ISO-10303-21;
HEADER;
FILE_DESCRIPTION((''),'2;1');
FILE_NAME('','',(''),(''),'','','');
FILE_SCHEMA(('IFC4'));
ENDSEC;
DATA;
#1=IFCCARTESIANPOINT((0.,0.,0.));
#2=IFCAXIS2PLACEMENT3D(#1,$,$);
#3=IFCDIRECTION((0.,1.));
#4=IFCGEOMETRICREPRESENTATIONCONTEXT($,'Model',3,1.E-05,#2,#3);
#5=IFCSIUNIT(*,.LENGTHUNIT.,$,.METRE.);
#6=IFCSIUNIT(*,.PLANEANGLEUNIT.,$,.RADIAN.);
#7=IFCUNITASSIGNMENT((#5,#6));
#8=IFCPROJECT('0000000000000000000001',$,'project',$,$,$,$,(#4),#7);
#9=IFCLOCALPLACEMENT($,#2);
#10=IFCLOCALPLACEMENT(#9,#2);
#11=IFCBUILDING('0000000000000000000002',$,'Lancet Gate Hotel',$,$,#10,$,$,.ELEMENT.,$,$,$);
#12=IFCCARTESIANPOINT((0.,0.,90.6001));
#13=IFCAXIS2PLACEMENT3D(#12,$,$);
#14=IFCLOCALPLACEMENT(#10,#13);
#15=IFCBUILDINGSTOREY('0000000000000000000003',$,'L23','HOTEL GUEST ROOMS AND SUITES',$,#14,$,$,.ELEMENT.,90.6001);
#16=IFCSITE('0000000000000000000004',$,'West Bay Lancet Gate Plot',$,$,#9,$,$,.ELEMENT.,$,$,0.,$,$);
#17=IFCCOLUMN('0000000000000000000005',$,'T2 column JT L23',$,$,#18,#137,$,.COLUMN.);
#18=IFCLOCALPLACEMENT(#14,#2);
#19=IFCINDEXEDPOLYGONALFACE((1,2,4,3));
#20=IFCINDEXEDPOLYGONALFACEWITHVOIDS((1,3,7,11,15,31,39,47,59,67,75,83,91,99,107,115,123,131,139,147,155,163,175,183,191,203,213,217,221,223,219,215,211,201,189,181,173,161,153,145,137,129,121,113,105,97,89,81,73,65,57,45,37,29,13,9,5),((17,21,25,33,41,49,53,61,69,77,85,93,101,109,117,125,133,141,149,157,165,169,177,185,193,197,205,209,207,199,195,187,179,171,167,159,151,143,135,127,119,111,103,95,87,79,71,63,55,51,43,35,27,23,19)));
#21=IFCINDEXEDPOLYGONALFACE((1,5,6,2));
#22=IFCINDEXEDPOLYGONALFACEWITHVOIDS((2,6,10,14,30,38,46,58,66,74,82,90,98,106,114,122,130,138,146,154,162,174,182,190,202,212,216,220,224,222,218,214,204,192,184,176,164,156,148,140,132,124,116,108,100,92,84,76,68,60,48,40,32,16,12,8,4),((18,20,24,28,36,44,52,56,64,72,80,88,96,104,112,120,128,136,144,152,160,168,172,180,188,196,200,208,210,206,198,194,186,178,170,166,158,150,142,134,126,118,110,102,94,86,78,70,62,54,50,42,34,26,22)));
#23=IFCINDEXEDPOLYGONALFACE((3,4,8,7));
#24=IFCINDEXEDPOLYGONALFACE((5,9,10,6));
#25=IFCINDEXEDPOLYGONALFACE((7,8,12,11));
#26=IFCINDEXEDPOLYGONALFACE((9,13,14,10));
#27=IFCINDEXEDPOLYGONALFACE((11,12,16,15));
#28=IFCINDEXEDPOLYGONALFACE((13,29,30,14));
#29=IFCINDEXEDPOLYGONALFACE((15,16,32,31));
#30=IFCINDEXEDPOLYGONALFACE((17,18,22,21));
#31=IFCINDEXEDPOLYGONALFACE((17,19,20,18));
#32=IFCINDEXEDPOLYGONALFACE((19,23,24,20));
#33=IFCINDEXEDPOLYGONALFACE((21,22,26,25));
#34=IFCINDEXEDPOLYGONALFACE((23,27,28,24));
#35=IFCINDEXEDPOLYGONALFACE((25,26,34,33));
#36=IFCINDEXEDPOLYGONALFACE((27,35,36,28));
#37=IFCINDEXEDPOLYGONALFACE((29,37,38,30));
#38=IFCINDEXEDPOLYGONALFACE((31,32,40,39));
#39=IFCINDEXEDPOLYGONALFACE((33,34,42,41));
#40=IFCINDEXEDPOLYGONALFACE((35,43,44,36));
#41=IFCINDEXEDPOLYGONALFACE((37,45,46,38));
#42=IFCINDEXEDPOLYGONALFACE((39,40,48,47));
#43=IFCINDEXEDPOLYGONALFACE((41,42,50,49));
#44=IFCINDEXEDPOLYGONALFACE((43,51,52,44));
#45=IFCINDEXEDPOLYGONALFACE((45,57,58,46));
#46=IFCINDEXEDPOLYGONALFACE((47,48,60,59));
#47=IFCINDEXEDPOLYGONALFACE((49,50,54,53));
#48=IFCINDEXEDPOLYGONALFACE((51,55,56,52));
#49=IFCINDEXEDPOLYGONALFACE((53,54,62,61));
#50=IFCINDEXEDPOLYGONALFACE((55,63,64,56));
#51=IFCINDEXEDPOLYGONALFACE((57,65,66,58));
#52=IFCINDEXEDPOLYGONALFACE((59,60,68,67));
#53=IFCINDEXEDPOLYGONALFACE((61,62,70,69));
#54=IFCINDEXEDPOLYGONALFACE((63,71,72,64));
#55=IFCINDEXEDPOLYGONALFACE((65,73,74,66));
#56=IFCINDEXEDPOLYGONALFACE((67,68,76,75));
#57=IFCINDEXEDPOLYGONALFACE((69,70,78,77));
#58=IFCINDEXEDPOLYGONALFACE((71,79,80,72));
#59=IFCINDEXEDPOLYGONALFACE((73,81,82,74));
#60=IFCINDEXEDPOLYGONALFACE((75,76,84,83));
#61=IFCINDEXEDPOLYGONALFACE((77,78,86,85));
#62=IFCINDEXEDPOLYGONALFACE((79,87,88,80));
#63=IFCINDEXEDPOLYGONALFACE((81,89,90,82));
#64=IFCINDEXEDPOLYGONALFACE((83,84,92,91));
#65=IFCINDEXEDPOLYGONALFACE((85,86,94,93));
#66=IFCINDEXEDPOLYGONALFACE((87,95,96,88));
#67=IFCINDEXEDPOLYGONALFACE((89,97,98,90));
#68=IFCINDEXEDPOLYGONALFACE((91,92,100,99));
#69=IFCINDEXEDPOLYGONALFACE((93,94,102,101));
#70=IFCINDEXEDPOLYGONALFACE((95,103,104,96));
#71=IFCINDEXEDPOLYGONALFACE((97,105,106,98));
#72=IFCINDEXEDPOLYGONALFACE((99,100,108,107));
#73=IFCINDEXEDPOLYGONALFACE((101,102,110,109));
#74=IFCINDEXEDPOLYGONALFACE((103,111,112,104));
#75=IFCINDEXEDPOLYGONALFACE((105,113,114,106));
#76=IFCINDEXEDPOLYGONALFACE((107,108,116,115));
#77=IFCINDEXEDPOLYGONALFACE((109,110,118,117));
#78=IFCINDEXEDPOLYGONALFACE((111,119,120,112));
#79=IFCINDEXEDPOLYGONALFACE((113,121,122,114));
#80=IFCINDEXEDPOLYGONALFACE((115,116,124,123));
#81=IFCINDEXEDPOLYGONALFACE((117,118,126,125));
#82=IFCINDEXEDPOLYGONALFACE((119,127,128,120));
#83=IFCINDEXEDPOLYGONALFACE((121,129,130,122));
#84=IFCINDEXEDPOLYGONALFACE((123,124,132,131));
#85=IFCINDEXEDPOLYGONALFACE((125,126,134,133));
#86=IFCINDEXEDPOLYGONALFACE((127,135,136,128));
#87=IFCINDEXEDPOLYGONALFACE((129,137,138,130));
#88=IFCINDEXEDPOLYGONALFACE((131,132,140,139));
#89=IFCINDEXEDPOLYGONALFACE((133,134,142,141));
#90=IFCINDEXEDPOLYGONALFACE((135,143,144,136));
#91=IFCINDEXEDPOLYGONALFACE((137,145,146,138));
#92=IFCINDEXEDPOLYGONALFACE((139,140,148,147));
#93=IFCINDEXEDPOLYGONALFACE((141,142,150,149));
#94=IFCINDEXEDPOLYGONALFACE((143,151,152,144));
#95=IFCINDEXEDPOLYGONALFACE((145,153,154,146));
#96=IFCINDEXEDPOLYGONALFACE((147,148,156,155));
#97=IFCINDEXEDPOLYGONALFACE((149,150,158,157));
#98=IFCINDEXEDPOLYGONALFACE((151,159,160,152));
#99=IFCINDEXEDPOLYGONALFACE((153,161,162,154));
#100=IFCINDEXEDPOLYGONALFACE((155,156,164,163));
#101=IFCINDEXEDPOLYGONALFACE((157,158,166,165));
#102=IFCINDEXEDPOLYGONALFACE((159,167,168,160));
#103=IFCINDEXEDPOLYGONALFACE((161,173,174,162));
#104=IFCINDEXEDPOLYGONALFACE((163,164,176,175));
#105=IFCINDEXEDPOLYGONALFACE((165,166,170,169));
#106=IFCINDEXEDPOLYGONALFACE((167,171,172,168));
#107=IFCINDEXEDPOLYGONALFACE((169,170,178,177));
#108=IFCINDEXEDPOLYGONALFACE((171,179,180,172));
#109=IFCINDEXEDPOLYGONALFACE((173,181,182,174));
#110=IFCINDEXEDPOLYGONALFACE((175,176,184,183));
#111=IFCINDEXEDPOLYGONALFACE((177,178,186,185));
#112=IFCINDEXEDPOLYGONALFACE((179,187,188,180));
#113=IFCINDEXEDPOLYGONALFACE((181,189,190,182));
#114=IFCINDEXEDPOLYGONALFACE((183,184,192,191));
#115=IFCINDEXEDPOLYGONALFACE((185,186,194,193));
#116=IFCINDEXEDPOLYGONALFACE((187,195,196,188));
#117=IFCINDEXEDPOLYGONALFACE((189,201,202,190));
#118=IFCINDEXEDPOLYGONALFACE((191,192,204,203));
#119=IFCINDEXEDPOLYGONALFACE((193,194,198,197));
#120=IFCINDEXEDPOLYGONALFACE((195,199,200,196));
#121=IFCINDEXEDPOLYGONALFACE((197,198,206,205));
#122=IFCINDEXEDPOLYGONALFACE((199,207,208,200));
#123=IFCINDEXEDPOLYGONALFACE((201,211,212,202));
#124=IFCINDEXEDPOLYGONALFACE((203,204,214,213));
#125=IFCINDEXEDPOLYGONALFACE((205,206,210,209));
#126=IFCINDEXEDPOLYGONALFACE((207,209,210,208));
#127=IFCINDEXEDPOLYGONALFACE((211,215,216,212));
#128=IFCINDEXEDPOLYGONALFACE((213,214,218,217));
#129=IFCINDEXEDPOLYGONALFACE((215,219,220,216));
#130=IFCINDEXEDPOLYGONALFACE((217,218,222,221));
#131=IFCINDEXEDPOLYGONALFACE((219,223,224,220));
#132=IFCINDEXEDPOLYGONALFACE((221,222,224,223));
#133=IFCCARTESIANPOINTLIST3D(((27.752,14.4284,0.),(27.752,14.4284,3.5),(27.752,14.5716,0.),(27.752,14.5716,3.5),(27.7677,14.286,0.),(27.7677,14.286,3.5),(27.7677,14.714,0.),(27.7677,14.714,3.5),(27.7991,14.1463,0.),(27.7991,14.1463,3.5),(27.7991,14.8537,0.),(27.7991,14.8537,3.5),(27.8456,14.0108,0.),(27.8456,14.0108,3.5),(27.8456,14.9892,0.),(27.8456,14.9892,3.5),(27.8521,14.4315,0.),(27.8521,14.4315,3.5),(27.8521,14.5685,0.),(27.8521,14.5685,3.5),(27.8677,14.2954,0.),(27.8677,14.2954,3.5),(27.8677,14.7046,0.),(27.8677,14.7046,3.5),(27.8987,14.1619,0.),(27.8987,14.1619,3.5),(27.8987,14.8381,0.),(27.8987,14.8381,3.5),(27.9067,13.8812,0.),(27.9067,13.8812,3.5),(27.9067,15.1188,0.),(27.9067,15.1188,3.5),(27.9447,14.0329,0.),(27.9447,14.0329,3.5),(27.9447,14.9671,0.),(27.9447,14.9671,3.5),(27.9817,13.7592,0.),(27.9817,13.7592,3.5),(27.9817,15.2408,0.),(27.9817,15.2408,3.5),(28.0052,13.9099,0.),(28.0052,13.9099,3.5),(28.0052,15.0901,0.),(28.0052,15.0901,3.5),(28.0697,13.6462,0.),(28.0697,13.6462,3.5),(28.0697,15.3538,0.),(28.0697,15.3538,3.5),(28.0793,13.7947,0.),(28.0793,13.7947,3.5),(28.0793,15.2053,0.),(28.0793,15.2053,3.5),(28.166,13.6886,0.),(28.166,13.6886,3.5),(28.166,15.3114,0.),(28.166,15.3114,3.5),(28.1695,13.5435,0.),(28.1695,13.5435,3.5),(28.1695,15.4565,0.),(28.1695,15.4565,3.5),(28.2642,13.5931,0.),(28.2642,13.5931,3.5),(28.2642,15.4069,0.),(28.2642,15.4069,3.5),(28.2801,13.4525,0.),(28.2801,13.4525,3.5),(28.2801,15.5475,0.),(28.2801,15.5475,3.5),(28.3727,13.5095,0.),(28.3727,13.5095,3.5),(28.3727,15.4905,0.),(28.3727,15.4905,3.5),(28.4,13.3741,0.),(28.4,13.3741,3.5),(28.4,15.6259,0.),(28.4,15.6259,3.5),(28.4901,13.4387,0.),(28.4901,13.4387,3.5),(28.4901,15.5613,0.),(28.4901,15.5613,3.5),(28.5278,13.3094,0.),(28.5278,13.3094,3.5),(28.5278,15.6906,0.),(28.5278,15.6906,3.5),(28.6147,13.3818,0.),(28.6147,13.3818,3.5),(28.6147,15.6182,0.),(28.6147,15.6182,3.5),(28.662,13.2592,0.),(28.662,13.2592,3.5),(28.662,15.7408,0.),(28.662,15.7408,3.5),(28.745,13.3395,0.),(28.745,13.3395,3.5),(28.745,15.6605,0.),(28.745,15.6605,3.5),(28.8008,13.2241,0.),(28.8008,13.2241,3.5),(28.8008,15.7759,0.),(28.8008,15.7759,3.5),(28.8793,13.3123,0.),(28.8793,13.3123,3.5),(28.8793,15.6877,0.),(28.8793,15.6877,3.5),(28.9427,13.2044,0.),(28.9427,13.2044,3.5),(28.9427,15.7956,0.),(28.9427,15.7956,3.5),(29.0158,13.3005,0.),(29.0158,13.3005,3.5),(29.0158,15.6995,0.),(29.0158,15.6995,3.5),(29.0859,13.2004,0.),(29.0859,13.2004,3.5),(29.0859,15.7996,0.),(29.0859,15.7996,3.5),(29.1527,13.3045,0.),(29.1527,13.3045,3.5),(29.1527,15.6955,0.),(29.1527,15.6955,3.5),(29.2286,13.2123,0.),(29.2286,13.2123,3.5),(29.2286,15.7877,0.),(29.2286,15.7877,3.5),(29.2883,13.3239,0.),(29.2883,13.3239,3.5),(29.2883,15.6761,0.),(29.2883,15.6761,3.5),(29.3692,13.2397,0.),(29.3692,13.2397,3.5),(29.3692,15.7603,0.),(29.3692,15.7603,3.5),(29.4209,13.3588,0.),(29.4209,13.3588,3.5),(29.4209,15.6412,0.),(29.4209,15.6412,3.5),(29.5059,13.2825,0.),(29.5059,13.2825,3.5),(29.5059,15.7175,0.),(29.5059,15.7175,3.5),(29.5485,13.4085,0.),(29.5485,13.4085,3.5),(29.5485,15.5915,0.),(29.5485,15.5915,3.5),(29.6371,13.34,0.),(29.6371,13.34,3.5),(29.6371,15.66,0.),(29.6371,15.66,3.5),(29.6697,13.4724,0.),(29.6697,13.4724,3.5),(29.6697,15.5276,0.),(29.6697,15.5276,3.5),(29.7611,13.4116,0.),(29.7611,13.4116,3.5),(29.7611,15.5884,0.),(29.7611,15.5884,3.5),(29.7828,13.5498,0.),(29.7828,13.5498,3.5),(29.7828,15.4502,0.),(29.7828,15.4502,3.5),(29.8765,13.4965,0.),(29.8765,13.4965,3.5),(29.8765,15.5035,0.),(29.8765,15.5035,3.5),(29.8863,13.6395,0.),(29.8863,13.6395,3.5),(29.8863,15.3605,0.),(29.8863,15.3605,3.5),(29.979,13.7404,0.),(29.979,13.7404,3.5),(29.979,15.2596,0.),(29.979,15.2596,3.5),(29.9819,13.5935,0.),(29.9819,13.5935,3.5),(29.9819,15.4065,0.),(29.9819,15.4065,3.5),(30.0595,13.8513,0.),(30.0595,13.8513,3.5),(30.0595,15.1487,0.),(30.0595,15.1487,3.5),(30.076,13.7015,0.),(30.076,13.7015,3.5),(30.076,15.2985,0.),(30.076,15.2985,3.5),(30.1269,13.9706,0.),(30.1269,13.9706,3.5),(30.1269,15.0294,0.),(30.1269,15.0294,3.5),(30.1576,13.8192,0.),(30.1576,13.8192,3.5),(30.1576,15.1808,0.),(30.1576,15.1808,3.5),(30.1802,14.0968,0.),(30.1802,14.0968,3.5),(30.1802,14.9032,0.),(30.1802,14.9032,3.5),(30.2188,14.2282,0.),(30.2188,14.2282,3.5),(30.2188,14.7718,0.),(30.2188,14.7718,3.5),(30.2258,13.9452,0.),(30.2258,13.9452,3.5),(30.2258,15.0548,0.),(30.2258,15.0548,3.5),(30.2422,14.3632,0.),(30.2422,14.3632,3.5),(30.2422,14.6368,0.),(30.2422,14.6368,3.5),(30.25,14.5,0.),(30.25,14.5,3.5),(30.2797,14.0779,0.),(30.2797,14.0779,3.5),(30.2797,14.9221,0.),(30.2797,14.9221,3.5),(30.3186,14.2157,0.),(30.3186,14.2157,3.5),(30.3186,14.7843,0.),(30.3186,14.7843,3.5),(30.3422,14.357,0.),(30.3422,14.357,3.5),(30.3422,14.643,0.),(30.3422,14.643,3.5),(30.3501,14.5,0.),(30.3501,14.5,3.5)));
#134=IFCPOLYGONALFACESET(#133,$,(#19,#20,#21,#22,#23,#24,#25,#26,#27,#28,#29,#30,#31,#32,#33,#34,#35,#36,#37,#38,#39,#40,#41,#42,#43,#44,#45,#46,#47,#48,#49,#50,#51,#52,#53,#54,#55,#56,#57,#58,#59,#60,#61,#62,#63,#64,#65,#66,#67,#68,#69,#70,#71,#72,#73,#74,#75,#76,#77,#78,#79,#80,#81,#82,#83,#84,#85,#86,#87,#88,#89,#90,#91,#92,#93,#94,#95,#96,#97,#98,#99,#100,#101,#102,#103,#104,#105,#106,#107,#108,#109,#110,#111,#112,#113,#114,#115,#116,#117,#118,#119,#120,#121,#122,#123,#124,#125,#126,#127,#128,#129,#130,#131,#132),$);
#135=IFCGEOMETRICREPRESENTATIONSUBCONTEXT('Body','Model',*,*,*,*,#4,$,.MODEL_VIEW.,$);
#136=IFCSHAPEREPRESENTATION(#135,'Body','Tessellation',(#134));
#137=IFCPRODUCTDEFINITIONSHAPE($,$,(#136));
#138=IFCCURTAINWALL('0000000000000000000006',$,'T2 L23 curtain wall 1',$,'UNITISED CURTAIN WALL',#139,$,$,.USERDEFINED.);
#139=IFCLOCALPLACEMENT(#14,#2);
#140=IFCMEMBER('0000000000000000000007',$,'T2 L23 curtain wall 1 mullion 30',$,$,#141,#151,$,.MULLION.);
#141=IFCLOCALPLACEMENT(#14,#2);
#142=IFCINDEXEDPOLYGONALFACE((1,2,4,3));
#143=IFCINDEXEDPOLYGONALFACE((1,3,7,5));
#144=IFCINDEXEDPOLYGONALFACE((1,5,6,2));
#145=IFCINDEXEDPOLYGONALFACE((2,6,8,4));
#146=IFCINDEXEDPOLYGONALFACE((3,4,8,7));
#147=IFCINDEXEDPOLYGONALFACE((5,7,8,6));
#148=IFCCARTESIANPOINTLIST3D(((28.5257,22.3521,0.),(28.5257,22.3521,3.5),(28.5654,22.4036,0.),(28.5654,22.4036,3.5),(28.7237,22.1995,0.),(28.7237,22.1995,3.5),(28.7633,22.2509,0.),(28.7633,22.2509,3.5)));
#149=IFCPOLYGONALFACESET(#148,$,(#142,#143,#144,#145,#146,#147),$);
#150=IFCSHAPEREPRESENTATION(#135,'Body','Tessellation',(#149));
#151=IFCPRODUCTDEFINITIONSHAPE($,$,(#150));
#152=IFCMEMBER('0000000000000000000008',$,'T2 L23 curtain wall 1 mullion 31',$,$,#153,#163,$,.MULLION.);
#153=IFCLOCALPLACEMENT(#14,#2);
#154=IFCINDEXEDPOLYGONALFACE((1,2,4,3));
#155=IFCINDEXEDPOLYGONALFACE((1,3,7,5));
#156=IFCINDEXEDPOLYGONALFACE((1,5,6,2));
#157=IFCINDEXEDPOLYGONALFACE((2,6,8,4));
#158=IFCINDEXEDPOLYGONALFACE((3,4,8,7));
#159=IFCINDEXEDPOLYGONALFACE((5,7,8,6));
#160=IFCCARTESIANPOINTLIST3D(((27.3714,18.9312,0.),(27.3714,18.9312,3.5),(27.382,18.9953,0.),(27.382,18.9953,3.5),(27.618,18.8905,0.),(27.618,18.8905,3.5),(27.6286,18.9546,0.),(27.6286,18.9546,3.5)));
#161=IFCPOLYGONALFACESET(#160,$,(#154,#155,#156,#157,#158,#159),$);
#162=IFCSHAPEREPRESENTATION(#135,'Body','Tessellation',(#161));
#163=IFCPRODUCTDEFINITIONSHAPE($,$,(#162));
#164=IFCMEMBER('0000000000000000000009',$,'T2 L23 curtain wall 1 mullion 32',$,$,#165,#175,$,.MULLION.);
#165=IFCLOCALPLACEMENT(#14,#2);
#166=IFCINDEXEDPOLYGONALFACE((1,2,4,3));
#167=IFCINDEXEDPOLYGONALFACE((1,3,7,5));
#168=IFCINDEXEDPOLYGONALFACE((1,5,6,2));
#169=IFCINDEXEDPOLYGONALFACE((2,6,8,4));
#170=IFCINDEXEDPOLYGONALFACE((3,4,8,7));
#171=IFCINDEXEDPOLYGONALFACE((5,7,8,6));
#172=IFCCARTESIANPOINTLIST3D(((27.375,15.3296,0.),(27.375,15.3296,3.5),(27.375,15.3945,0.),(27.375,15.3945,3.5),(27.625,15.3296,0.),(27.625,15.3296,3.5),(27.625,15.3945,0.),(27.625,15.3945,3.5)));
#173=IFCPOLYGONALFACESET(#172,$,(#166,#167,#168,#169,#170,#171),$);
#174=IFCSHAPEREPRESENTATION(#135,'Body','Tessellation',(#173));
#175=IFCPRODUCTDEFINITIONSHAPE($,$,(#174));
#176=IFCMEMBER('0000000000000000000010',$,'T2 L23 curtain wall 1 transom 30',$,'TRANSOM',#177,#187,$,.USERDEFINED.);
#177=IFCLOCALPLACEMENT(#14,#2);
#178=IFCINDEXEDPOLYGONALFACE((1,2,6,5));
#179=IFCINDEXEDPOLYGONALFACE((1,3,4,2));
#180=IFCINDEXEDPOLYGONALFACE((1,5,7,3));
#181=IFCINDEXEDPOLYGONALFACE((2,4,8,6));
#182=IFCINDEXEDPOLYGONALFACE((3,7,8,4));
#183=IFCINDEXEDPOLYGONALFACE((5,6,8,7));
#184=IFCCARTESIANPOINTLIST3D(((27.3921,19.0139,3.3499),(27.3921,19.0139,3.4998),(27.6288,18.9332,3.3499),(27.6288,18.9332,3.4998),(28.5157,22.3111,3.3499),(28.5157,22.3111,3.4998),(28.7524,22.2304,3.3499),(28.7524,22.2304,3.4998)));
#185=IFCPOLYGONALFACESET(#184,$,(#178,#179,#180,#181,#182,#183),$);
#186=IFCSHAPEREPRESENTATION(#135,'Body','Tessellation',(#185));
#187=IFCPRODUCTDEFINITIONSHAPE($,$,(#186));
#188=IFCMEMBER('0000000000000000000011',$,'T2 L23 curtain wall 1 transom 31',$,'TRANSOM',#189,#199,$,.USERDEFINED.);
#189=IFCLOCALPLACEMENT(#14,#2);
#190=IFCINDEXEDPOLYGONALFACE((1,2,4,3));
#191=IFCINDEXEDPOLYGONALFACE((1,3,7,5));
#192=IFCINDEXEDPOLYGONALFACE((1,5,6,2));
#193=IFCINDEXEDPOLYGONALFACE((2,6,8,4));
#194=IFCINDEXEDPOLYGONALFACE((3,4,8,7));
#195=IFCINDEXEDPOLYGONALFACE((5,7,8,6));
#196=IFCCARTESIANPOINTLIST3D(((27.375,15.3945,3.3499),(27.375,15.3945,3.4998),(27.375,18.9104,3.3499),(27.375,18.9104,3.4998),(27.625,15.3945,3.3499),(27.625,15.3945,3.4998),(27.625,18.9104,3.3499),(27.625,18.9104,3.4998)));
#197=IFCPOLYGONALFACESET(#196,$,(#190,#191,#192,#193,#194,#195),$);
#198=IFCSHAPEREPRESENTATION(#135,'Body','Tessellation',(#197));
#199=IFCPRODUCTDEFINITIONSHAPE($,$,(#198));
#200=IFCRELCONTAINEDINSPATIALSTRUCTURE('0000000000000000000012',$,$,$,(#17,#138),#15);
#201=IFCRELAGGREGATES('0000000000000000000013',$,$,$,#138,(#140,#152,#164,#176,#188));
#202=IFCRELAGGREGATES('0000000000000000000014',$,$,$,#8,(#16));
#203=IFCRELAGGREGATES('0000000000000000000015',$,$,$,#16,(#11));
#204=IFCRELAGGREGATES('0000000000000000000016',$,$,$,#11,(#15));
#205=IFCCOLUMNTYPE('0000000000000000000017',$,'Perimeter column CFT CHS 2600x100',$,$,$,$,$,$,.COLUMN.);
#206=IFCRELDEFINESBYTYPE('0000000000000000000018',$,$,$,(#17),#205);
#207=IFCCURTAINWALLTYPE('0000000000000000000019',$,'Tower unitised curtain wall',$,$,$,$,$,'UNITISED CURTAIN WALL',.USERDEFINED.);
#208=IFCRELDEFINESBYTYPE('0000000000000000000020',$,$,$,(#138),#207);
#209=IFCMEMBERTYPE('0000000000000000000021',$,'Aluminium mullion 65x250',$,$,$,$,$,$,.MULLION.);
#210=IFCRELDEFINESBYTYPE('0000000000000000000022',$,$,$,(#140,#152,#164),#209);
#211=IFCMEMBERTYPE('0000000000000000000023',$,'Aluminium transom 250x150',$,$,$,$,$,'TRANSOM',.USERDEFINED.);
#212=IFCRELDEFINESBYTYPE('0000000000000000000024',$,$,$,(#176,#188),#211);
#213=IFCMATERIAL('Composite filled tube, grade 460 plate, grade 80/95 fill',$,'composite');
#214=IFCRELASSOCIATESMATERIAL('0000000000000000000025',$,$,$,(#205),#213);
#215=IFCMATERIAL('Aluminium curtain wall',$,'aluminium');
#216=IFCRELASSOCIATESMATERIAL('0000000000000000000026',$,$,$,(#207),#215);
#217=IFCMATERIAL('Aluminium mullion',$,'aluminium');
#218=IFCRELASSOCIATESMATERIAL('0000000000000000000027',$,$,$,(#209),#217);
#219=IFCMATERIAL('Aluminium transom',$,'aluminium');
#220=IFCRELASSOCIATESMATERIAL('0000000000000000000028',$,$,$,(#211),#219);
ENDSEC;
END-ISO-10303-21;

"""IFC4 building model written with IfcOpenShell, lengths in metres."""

from ifc_helpers import new_model, si_unit, direction, frame, origin, origin_2d, place, context, subcontext, project, spatial, rectangle, hollow_circle, extrude, material, material_profile, profile_set, type_object, element, aggregate, save


model = new_model("IFC4")

# Units and contexts
model_context = context("Model", 3, precision=1e-05, world=origin(), true_north=direction((0.0, 1.0)))
body_context = subcontext(model_context, "Body", "Model", "MODEL_VIEW")
ifc_project = project(units=[si_unit("LENGTHUNIT", "METRE"), si_unit("PLANEANGLEUNIT", "RADIAN")], contexts=[model_context])

# Site, building, storey
site_placement = place(None, origin())
site = spatial("IfcSite", under=ifc_project, at=site_placement, Name="West Bay Lancet Gate Plot", CompositionType="ELEMENT", RefElevation=0.0)
building_placement = place(site_placement, origin())
building = spatial("IfcBuilding", under=site, at=building_placement, Name="Lancet Gate Hotel", CompositionType="ELEMENT")
storey_placement = place(building_placement, frame((0.0, 0.0, 90.6001)))
storey = spatial("IfcBuildingStorey", under=building, at=storey_placement, Name="L23", Description="HOTEL GUEST ROOMS AND SUITES", CompositionType="ELEMENT", Elevation=90.6001)

# Column
ifc_material_1 = material(Name="Composite filled tube, grade 460 plate, grade 80/95 fill", Category="composite")
ifc_material_profile_1 = material_profile(ifc_material_1, hollow_circle(Radius=1.3, WallThickness=0.1001, at=origin_2d()), Name="CHS 2600x100")
ifc_profile_set_1 = profile_set([ifc_material_profile_1], Name="Composite filled tube, grade 460 plate, grade 80/95 fill")
column_type = type_object("IfcColumnType", Name="Perimeter column CFT CHS 2600x100", PredefinedType="COLUMN", material=ifc_profile_set_1)
column_placement = place(storey_placement, frame((29.05, 14.5, 0.0), z_axis=(0.0, 0.0, 1.0), x_axis=(1.0, 0.0, 0.0)))
element("IfcColumn", 1, at=column_placement, inside=storey, type_object=column_type, Name="T2 column JT L23", PredefinedType="COLUMN", context=body_context, shape_type="SweptSolid", body=[
    extrude(hollow_circle(Radius=1.3, WallThickness=0.1001, at=origin_2d()), origin(), (0.0, 0.0, 1.0), 3.5),
])

# Curtain wall, members
ifc_material_2 = material(Name="Aluminium curtain wall", Category="aluminium")
curtain_wall_type = type_object("IfcCurtainWallType", Name="Tower unitised curtain wall", ElementType="UNITISED CURTAIN WALL", PredefinedType="USERDEFINED", material=ifc_material_2)
curtain_wall_placement = place(storey_placement, origin())
curtain_wall = element("IfcCurtainWall", 2, at=curtain_wall_placement, inside=storey, type_object=curtain_wall_type, Name="T2 L23 curtain wall 1", ObjectType="UNITISED CURTAIN WALL", PredefinedType="USERDEFINED")
ifc_material_3 = material(Name="Aluminium mullion", Category="aluminium")
ifc_material_profile_2 = material_profile(ifc_material_3, rectangle(XDim=0.0649, YDim=0.25, at=origin_2d()), Name="MULLION 65x250")
ifc_profile_set_2 = profile_set([ifc_material_profile_2], Name="Aluminium mullion")
member_type_1 = type_object("IfcMemberType", Name="Aluminium mullion 65x250", PredefinedType="MULLION", material=ifc_profile_set_2)
member_1_placement = place(storey_placement, frame((28.6445, 22.3015, 0.0), z_axis=(0.0, 0.0, 1.0), x_axis=(-0.610664, -0.79189, 0.0)))
member_1 = element("IfcMember", 3, at=member_1_placement, type_object=member_type_1, Name="T2 L23 curtain wall 1 mullion 30", PredefinedType="MULLION", context=body_context, shape_type="SweptSolid", body=[
    extrude(rectangle(XDim=0.0649, YDim=0.25, at=origin_2d()), origin(), (0.0, 0.0, 1.0), 3.5),
])
member_2_placement = place(storey_placement, frame((27.5, 18.9429, 0.0), z_axis=(0.0, 0.0, 1.0), x_axis=(-0.162739, -0.986669, 0.0)))
member_2 = element("IfcMember", 4, at=member_2_placement, type_object=member_type_1, Name="T2 L23 curtain wall 1 mullion 31", PredefinedType="MULLION", context=body_context, shape_type="SweptSolid", body=[
    extrude(rectangle(XDim=0.0649, YDim=0.25, at=origin_2d()), origin(), (0.0, 0.0, 1.0), 3.5),
])
member_3_placement = place(storey_placement, frame((27.5, 15.3621, 0.0), z_axis=(0.0, 0.0, 1.0), x_axis=(0.0, -1.0, 0.0)))
member_3 = element("IfcMember", 5, at=member_3_placement, type_object=member_type_1, Name="T2 L23 curtain wall 1 mullion 32", PredefinedType="MULLION", context=body_context, shape_type="SweptSolid", body=[
    extrude(rectangle(XDim=0.0649, YDim=0.25, at=origin_2d()), origin(), (0.0, 0.0, 1.0), 3.5),
])
ifc_material_4 = material(Name="Aluminium transom", Category="aluminium")
ifc_material_profile_3 = material_profile(ifc_material_4, rectangle(XDim=0.25, YDim=0.1499, at=origin_2d()), Name="TRANSOM 250x150")
ifc_profile_set_3 = profile_set([ifc_material_profile_3], Name="Aluminium transom")
member_type_2 = type_object("IfcMemberType", Name="Aluminium transom 250x150", ElementType="TRANSOM", PredefinedType="USERDEFINED", material=ifc_profile_set_3)
member_4_placement = place(storey_placement, frame((28.634, 22.2708, 3.4248), z_axis=(-0.32255, -0.946553, 0.0), x_axis=(0.946553, -0.32255, 0.0)))
member_4 = element("IfcMember", 6, at=member_4_placement, type_object=member_type_2, Name="T2 L23 curtain wall 1 transom 30", ObjectType="TRANSOM", PredefinedType="USERDEFINED", context=body_context, shape_type="SweptSolid", body=[
    extrude(rectangle(XDim=0.25, YDim=0.1499, at=origin_2d()), origin(), (0.0, 0.0, 1.0), 3.4834),
])
member_5_placement = place(storey_placement, frame((27.5, 18.9104, 3.4248), z_axis=(0.0, -1.0, 0.0), x_axis=(1.0, 0.0, 0.0)))
member_5 = element("IfcMember", 7, at=member_5_placement, type_object=member_type_2, Name="T2 L23 curtain wall 1 transom 31", ObjectType="TRANSOM", PredefinedType="USERDEFINED", context=body_context, shape_type="SweptSolid", body=[
    extrude(rectangle(XDim=0.25, YDim=0.1499, at=origin_2d()), origin(), (0.0, 0.0, 1.0), 3.5159),
])

aggregate(curtain_wall, [member_1, member_2, member_3, member_4, member_5])

save(model, "model.ifc")
